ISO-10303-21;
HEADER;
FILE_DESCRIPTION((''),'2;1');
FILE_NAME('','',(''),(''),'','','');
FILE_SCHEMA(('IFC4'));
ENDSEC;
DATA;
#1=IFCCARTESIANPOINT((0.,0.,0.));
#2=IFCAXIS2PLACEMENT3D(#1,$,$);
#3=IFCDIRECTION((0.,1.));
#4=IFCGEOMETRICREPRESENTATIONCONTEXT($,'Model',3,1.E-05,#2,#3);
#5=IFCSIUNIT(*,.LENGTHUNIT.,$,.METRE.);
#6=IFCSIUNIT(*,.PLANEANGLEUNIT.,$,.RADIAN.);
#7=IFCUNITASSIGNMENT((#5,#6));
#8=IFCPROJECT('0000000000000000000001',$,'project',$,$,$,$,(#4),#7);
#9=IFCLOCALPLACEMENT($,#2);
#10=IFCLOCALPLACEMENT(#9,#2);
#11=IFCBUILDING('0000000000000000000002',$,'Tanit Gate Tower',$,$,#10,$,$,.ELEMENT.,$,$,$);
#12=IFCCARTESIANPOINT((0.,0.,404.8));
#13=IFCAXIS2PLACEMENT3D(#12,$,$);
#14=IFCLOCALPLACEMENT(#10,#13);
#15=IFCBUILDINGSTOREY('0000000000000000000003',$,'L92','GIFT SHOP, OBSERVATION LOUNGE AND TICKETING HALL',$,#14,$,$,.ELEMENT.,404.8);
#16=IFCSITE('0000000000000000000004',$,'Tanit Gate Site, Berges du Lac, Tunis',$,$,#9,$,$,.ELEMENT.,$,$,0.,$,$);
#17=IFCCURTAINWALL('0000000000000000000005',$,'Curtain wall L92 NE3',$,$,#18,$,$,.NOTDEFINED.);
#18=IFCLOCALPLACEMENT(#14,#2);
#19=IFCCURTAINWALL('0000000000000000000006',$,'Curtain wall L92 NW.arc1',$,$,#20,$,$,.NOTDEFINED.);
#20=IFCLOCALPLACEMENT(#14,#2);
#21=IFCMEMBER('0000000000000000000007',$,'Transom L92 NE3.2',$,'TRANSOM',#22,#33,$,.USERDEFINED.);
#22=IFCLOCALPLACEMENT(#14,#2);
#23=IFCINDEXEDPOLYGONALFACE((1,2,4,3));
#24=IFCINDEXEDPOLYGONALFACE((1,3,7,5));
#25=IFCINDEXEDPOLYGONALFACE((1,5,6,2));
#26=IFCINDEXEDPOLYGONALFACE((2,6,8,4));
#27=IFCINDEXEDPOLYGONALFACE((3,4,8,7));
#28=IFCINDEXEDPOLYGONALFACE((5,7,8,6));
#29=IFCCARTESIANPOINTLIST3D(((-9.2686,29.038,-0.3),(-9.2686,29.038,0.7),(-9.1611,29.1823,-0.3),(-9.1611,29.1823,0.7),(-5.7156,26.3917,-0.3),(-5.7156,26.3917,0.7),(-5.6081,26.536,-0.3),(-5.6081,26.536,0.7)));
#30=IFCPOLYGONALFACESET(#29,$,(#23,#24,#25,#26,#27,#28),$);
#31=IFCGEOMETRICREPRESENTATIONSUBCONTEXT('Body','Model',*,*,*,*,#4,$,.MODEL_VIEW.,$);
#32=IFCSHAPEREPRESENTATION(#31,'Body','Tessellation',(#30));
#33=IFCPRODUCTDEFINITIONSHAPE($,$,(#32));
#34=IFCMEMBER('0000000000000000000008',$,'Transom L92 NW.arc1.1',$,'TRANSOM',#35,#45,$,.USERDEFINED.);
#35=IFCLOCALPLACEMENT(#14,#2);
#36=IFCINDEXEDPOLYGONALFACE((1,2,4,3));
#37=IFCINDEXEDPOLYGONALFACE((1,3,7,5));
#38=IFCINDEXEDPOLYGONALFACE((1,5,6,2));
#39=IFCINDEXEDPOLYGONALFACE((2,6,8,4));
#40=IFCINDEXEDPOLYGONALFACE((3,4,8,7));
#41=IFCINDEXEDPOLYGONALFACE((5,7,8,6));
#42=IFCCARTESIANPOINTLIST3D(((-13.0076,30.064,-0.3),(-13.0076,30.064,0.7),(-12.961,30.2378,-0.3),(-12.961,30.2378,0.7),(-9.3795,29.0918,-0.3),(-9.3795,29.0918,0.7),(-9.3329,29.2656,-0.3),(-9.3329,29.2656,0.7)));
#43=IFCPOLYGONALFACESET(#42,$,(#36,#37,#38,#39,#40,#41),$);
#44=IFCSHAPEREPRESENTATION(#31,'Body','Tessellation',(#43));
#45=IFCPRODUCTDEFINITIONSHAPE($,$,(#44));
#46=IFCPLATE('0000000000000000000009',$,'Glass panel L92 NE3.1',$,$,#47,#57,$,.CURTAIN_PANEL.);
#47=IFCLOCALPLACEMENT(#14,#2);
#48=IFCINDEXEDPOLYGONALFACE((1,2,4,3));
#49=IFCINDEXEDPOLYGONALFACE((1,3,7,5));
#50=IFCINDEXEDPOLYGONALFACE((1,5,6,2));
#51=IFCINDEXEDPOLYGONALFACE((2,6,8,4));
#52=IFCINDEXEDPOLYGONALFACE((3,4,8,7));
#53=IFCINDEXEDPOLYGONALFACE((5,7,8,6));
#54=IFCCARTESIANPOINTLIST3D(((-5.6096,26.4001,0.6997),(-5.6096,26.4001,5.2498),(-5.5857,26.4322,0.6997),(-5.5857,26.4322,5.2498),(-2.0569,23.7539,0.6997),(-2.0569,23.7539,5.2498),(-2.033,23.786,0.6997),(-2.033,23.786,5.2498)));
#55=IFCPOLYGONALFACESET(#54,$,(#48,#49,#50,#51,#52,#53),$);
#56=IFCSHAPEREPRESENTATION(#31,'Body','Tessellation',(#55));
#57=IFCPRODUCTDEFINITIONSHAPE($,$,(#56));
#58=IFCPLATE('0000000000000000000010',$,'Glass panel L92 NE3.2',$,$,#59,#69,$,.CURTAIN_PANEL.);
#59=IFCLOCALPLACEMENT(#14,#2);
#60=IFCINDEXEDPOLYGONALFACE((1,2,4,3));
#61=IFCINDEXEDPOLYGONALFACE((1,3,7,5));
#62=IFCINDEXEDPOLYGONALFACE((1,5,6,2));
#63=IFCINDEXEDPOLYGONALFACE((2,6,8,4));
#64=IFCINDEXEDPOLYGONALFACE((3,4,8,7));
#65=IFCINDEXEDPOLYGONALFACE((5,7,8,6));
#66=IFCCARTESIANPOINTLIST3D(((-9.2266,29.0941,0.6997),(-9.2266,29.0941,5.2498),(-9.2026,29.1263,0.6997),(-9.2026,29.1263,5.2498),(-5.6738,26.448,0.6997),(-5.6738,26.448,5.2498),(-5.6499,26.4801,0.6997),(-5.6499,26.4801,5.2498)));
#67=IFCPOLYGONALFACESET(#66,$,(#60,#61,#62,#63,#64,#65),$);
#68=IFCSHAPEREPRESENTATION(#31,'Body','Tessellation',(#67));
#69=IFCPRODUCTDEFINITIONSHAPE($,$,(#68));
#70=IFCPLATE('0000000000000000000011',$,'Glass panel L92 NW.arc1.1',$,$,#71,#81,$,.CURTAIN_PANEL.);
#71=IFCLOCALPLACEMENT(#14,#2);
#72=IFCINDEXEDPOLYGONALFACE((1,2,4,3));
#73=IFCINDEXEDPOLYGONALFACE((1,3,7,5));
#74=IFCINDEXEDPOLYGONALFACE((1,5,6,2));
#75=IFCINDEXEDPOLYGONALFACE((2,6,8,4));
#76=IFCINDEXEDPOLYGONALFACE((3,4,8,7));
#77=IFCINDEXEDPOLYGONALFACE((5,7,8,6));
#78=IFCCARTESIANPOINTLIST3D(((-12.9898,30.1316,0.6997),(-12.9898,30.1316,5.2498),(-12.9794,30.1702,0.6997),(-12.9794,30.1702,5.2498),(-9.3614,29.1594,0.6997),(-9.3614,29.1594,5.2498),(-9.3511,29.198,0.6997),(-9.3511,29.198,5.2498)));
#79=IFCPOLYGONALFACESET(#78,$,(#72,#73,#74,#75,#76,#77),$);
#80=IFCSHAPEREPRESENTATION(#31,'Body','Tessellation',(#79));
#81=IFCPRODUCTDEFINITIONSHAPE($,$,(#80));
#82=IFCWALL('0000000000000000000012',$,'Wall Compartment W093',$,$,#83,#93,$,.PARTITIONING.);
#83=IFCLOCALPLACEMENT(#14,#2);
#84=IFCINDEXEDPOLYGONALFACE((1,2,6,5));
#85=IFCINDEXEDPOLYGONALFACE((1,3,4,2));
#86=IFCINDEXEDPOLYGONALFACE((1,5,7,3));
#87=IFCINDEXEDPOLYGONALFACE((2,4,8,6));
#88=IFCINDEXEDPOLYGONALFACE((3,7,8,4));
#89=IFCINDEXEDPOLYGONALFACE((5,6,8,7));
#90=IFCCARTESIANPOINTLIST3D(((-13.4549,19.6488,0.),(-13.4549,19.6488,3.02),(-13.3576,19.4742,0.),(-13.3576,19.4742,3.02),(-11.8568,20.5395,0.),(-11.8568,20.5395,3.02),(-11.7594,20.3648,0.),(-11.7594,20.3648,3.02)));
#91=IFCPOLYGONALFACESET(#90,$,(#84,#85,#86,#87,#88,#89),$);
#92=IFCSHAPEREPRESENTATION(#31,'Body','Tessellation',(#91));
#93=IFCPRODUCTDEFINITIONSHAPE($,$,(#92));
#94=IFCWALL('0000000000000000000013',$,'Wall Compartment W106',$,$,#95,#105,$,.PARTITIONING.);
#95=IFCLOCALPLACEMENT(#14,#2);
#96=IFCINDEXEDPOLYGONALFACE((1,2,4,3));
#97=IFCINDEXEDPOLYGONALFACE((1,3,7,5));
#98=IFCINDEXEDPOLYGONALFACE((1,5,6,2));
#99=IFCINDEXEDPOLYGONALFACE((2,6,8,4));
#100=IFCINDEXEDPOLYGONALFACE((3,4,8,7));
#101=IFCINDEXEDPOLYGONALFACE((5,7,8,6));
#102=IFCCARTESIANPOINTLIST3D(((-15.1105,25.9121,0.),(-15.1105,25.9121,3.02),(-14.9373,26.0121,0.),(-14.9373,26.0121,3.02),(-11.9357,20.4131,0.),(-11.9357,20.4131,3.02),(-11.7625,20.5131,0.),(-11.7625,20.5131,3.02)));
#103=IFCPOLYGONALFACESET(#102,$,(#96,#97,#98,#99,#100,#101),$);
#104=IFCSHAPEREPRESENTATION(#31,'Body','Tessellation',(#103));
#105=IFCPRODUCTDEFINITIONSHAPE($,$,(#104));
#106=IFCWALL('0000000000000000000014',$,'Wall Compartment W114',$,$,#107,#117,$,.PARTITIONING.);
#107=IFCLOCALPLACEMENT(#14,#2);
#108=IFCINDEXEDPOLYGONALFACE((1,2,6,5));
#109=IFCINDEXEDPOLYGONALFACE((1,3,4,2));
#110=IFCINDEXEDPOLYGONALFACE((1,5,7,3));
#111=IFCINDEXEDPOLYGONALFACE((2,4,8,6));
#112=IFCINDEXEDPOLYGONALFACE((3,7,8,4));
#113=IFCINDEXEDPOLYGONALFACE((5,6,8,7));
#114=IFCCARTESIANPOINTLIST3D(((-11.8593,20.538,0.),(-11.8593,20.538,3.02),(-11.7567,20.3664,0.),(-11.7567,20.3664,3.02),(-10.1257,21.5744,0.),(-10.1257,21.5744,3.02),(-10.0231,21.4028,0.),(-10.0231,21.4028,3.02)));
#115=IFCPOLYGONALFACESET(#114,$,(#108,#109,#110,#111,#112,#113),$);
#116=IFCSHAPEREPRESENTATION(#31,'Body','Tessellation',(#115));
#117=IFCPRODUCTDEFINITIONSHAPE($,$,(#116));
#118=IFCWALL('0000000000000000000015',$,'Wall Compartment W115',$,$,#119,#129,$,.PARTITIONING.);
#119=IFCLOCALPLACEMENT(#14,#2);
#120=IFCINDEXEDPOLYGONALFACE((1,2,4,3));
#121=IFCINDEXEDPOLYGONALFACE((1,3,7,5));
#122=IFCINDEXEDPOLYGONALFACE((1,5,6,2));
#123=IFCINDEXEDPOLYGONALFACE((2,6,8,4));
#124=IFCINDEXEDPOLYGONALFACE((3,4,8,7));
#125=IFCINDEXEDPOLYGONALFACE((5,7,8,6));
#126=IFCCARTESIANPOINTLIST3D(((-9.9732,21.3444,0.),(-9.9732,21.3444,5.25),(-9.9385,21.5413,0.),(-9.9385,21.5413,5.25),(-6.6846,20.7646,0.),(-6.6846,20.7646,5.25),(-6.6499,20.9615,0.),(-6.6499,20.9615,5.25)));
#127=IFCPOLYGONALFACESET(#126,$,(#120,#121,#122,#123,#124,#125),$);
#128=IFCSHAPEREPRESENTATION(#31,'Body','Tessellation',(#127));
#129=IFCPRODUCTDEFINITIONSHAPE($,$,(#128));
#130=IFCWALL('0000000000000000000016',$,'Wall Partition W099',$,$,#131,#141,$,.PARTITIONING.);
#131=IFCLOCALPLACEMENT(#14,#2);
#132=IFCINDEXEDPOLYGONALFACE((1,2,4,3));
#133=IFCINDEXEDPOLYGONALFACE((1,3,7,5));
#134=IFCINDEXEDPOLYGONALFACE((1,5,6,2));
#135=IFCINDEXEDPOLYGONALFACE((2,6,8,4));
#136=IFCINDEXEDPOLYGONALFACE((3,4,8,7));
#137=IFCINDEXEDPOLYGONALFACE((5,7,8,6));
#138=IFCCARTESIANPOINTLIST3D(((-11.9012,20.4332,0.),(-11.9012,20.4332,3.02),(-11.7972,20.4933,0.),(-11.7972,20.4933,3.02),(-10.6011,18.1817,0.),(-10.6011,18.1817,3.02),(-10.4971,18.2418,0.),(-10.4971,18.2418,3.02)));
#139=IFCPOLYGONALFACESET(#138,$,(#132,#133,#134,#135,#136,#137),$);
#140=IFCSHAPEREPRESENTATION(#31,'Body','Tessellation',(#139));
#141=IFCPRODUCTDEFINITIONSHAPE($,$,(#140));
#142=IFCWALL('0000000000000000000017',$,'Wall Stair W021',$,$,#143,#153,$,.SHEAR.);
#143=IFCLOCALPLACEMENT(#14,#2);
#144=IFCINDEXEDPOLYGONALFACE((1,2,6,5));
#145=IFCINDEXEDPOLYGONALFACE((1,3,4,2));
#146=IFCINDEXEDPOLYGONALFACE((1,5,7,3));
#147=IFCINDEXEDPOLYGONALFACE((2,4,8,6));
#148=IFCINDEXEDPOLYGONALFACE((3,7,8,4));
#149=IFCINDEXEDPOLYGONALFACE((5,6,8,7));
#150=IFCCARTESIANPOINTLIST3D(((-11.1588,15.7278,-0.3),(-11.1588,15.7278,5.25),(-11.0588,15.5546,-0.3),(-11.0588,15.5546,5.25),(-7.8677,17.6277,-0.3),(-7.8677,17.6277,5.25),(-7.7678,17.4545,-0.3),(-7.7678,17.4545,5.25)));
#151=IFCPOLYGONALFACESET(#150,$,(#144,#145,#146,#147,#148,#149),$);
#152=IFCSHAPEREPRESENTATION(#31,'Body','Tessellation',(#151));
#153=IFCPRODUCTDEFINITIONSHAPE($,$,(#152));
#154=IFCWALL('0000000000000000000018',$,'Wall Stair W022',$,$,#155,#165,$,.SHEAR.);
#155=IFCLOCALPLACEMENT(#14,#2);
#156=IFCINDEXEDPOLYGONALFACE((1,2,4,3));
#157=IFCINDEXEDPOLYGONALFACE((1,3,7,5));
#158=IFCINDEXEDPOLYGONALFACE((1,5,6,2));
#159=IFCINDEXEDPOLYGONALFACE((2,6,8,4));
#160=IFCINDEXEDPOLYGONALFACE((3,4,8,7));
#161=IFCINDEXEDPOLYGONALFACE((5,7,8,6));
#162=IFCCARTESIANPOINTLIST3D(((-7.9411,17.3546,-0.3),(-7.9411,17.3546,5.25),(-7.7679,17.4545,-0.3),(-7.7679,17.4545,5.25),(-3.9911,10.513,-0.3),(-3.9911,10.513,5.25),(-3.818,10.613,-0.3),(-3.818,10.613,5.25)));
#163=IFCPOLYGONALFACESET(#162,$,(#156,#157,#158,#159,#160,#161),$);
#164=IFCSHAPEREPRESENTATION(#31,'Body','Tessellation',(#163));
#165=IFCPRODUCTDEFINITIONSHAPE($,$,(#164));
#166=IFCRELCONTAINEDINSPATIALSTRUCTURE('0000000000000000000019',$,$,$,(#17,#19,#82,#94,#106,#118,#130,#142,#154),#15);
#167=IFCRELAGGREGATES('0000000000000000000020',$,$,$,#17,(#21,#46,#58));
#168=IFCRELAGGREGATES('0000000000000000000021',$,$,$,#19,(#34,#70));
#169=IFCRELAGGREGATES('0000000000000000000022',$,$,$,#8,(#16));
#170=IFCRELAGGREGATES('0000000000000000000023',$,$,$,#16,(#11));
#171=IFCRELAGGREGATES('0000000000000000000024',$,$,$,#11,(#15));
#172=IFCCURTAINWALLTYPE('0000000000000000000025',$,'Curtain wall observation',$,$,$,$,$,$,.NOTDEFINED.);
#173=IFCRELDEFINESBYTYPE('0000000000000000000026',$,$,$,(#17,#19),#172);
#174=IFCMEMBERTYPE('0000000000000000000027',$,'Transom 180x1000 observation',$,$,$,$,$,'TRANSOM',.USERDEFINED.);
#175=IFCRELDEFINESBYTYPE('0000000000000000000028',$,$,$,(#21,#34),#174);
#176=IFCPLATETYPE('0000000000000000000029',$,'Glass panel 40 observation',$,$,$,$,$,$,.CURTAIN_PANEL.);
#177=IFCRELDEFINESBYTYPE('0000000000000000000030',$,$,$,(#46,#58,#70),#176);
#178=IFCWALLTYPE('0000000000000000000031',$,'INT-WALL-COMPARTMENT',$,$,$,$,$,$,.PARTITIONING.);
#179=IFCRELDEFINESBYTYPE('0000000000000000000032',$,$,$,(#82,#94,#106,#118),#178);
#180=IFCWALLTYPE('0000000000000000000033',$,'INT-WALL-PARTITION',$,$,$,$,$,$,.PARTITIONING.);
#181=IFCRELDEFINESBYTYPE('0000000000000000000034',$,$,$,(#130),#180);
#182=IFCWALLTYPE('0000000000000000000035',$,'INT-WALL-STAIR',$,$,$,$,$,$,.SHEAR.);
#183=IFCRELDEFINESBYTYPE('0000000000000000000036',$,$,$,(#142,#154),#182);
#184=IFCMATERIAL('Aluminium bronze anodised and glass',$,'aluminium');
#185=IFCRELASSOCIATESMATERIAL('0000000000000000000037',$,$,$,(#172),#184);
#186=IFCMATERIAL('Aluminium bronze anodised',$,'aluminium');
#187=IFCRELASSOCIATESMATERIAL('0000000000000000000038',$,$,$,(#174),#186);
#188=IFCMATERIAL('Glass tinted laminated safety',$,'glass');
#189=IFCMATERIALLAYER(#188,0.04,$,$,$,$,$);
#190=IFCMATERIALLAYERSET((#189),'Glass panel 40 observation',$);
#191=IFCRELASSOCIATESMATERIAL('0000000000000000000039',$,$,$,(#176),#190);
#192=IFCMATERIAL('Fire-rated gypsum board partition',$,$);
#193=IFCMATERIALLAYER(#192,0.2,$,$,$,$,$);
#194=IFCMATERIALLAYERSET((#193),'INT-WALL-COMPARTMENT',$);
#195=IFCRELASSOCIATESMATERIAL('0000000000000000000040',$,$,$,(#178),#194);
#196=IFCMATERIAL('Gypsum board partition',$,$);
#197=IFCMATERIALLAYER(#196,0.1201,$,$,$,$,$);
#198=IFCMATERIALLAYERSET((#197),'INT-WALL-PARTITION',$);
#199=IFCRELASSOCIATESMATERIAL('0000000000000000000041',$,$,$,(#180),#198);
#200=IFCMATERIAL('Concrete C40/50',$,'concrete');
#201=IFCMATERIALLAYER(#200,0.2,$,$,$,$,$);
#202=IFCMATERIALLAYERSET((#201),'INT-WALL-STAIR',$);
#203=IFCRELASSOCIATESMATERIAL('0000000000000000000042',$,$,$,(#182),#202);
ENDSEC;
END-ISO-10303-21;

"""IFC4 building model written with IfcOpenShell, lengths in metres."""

from ifc_helpers import new_model, si_unit, direction, frame, frame_2d, origin, origin_2d, place, context, subcontext, project, spatial, rectangle, extrude, material, layer, layer_set, material_profile, profile_set, type_object, element, aggregate, save


model = new_model("IFC4")

# Units and contexts
model_context = context("Model", 3, precision=1e-05, world=origin(), true_north=direction((0.0, 1.0)))
body_context = subcontext(model_context, "Body", "Model", "MODEL_VIEW")
ifc_project = project(units=[si_unit("LENGTHUNIT", "METRE"), si_unit("PLANEANGLEUNIT", "RADIAN")], contexts=[model_context])

# Site, building, storey
site_placement = place(None, origin())
site = spatial("IfcSite", under=ifc_project, at=site_placement, Name="Tanit Gate Site, Berges du Lac, Tunis", CompositionType="ELEMENT", RefElevation=0.0)
building_placement = place(site_placement, origin())
building = spatial("IfcBuilding", under=site, at=building_placement, Name="Tanit Gate Tower", CompositionType="ELEMENT")
storey_placement = place(building_placement, frame((0.0, 0.0, 404.8)))
storey = spatial("IfcBuildingStorey", under=building, at=storey_placement, Name="L92", Description="GIFT SHOP, OBSERVATION LOUNGE AND TICKETING HALL", CompositionType="ELEMENT", Elevation=404.8)

# Curtain walls
ifc_material_1 = material(Name="Aluminium bronze anodised and glass", Category="aluminium")
curtain_wall_type = type_object("IfcCurtainWallType", Name="Curtain wall observation", PredefinedType="NOTDEFINED", material=ifc_material_1)
curtain_wall_1_placement = place(storey_placement, origin())
curtain_wall_1 = element("IfcCurtainWall", 1, at=curtain_wall_1_placement, inside=storey, type_object=curtain_wall_type, Name="Curtain wall L92 NE3", PredefinedType="NOTDEFINED")
curtain_wall_2_placement = place(storey_placement, origin())
curtain_wall_2 = element("IfcCurtainWall", 2, at=curtain_wall_2_placement, inside=storey, type_object=curtain_wall_type, Name="Curtain wall L92 NW.arc1", PredefinedType="NOTDEFINED")

# Members
ifc_material_2 = material(Name="Aluminium bronze anodised", Category="aluminium")
ifc_material_profile_1 = material_profile(ifc_material_2, rectangle(XDim=0.1799, YDim=1.0, at=origin_2d()), Name="180x1000 bronze transom")
ifc_profile_set_1 = profile_set([ifc_material_profile_1], Name="Aluminium bronze anodised")
member_type_1 = type_object("IfcMemberType", Name="Transom 180x1000 observation", ElementType="TRANSOM", PredefinedType="USERDEFINED", material=ifc_profile_set_1)
member_1_placement = place(storey_placement, frame((-5.6619, 26.4639, 0.2), z_axis=(-0.801999, 0.597325, 0.0), x_axis=(-0.597325, -0.801999, 0.0)))
member_1 = element("IfcMember", 3, at=member_1_placement, type_object=member_type_1, Name="Transom L92 NE3.2", ObjectType="TRANSOM", PredefinedType="USERDEFINED", context=body_context, shape_type="SweptSolid", body=[
    extrude(rectangle(XDim=0.1799, YDim=1.0, at=origin_2d()), origin(), (0.0, 0.0, 1.0), 4.4302),
])
member_2_placement = place(storey_placement, frame((-9.3562, 29.1787, 0.2), z_axis=(-0.965926, 0.258819, 0.0), x_axis=(-0.258819, -0.965926, 0.0)))
member_2 = element("IfcMember", 4, at=member_2_placement, type_object=member_type_1, Name="Transom L92 NW.arc1.1", ObjectType="TRANSOM", PredefinedType="USERDEFINED", context=body_context, shape_type="SweptSolid", body=[
    extrude(rectangle(XDim=0.1799, YDim=1.0, at=origin_2d()), origin(), (0.0, 0.0, 1.0), 3.7561),
])

# Plates
ifc_material_3 = material(Name="Glass tinted laminated safety", Category="glass")
ifc_layer_1 = layer(ifc_material_3, 0.04)
ifc_layer_set_1 = layer_set([ifc_layer_1], Name="Glass panel 40 observation")
plate_type = type_object("IfcPlateType", Name="Glass panel 40 observation", PredefinedType="CURTAIN_PANEL", material=ifc_layer_set_1)
plate_1_placement = place(storey_placement, frame((-3.8213, 25.093, 0.6997), z_axis=(0.0, 0.0, 1.0), x_axis=(-0.801988, 0.597341, 0.0)))
plate_1 = element("IfcPlate", 5, at=plate_1_placement, type_object=plate_type, Name="Glass panel L92 NE3.1", PredefinedType="CURTAIN_PANEL", context=body_context, shape_type="SweptSolid", body=[
    extrude(rectangle(XDim=4.4299, YDim=0.04, at=origin_2d()), origin(), (0.0, 0.0, 1.0), 4.55),
])
plate_2_placement = place(storey_placement, frame((-7.4382, 27.7871, 0.6997), z_axis=(0.0, 0.0, 1.0), x_axis=(-0.801988, 0.597341, 0.0)))
plate_2 = element("IfcPlate", 6, at=plate_2_placement, type_object=plate_type, Name="Glass panel L92 NE3.2", PredefinedType="CURTAIN_PANEL", context=body_context, shape_type="SweptSolid", body=[
    extrude(rectangle(XDim=4.4299, YDim=0.04, at=origin_2d()), origin(), (0.0, 0.0, 1.0), 4.55),
])
aggregate(curtain_wall_1, [member_1, plate_1, plate_2])
plate_3_placement = place(storey_placement, frame((-11.1704, 29.6648, 0.6997), z_axis=(0.0, 0.0, 1.0), x_axis=(-0.965926, 0.258819, 0.0)))
plate_3 = element("IfcPlate", 7, at=plate_3_placement, type_object=plate_type, Name="Glass panel L92 NW.arc1.1", PredefinedType="CURTAIN_PANEL", context=body_context, shape_type="SweptSolid", body=[
    extrude(rectangle(XDim=3.7563, YDim=0.04, at=origin_2d()), origin(), (0.0, 0.0, 1.0), 4.55),
])
aggregate(curtain_wall_2, [member_2, plate_3])

# Walls
ifc_material_4 = material(Name="Fire-rated gypsum board partition")
ifc_layer_2 = layer(ifc_material_4, 0.2)
ifc_layer_set_2 = layer_set([ifc_layer_2], Name="INT-WALL-COMPARTMENT")
wall_type_1 = type_object("IfcWallType", Name="INT-WALL-COMPARTMENT", PredefinedType="PARTITIONING", material=ifc_layer_set_2)
wall_1_placement = place(storey_placement, frame((-11.8081, 20.4521, 0.0), z_axis=(0.0, 0.0, 1.0), x_axis=(-0.873514, -0.486798, 0.0)))
element("IfcWall", 8, at=wall_1_placement, inside=storey, type_object=wall_type_1, Name="Wall Compartment W093", PredefinedType="PARTITIONING", context=body_context, shape_type="SweptSolid", body=[
    extrude(rectangle(XDim=1.8296, YDim=0.2, at=frame_2d((0.9148, 0.0))), origin(), (0.0, 0.0, 1.0), 3.02),
])
wall_2_placement = place(storey_placement, frame((-11.8491, 20.4631, 0.0), z_axis=(0.0, 0.0, 1.0), x_axis=(-0.499993, 0.866029, 0.0)))
element("IfcWall", 9, at=wall_2_placement, inside=storey, type_object=wall_type_1, Name="Wall Compartment W106", PredefinedType="PARTITIONING", context=body_context, shape_type="SweptSolid", body=[
    extrude(rectangle(XDim=6.3496, YDim=0.2, at=frame_2d((3.1748, 0.0))), origin(), (0.0, 0.0, 1.0), 3.02),
])
wall_3_placement = place(storey_placement, frame((-10.0745, 21.4885, 0.0), z_axis=(0.0, 0.0, 1.0), x_axis=(-0.858324, -0.513109, 0.0)))
element("IfcWall", 10, at=wall_3_placement, inside=storey, type_object=wall_type_1, Name="Wall Compartment W114", PredefinedType="PARTITIONING", context=body_context, shape_type="SweptSolid", body=[
    extrude(rectangle(XDim=2.0198, YDim=0.2, at=frame_2d((1.0098, 0.0))), origin(), (0.0, 0.0, 1.0), 3.02),
])
wall_4_placement = place(storey_placement, frame((-6.6672, 20.863, 0.0), z_axis=(0.0, 0.0, 1.0), x_axis=(-0.984809, 0.173639, 0.0)))
element("IfcWall", 11, at=wall_4_placement, inside=storey, type_object=wall_type_1, Name="Wall Compartment W115", PredefinedType="PARTITIONING", context=body_context, shape_type="SweptSolid", body=[
    extrude(rectangle(XDim=3.3394, YDim=0.2, at=frame_2d((1.6697, 0.0))), origin(), (0.0, 0.0, 1.0), 5.25),
])
ifc_material_5 = material(Name="Gypsum board partition")
ifc_layer_3 = layer(ifc_material_5, 0.1201)
ifc_layer_set_3 = layer_set([ifc_layer_3], Name="INT-WALL-PARTITION")
wall_type_2 = type_object("IfcWallType", Name="INT-WALL-PARTITION", PredefinedType="PARTITIONING", material=ifc_layer_set_3)
wall_5_placement = place(storey_placement, frame((-11.8491, 20.4631, 0.0), z_axis=(0.0, 0.0, 1.0), x_axis=(0.500048, -0.865998, 0.0)))
element("IfcWall", 12, at=wall_5_placement, inside=storey, type_object=wall_type_2, Name="Wall Partition W099", PredefinedType="PARTITIONING", context=body_context, shape_type="SweptSolid", body=[
    extrude(rectangle(XDim=2.5999, YDim=0.1201, at=frame_2d((1.2998, 0.0))), origin(), (0.0, 0.0, 1.0), 3.02),
])
ifc_material_6 = material(Name="Concrete C40/50", Category="concrete")
ifc_layer_4 = layer(ifc_material_6, 0.2)
ifc_layer_set_4 = layer_set([ifc_layer_4], Name="INT-WALL-STAIR")
wall_type_3 = type_object("IfcWallType", Name="INT-WALL-STAIR", PredefinedType="SHEAR", material=ifc_layer_set_4)
wall_6_placement = place(storey_placement, frame((-7.8179, 17.541, -0.3), z_axis=(0.0, 0.0, 1.0), x_axis=(-0.866044, -0.499967, 0.0)))
element("IfcWall", 13, at=wall_6_placement, inside=storey, type_object=wall_type_3, Name="Wall Stair W021", PredefinedType="SHEAR", context=body_context, shape_type="SweptSolid", body=[
    extrude(rectangle(XDim=3.8, YDim=0.2, at=frame_2d((1.8999, 0.0))), origin(), (0.0, 0.0, 1.0), 5.55),
])
wall_7_placement = place(storey_placement, frame((-7.8545, 17.4045, -0.3), z_axis=(0.0, 0.0, 1.0), x_axis=(0.499998, -0.866027, 0.0)))
element("IfcWall", 14, at=wall_7_placement, inside=storey, type_object=wall_type_3, Name="Wall Stair W022", PredefinedType="SHEAR", context=body_context, shape_type="SweptSolid", body=[
    extrude(rectangle(XDim=7.8999, YDim=0.2, at=frame_2d((3.95, 0.0))), origin(), (0.0, 0.0, 1.0), 5.55),
])

save(model, "model.ifc")
